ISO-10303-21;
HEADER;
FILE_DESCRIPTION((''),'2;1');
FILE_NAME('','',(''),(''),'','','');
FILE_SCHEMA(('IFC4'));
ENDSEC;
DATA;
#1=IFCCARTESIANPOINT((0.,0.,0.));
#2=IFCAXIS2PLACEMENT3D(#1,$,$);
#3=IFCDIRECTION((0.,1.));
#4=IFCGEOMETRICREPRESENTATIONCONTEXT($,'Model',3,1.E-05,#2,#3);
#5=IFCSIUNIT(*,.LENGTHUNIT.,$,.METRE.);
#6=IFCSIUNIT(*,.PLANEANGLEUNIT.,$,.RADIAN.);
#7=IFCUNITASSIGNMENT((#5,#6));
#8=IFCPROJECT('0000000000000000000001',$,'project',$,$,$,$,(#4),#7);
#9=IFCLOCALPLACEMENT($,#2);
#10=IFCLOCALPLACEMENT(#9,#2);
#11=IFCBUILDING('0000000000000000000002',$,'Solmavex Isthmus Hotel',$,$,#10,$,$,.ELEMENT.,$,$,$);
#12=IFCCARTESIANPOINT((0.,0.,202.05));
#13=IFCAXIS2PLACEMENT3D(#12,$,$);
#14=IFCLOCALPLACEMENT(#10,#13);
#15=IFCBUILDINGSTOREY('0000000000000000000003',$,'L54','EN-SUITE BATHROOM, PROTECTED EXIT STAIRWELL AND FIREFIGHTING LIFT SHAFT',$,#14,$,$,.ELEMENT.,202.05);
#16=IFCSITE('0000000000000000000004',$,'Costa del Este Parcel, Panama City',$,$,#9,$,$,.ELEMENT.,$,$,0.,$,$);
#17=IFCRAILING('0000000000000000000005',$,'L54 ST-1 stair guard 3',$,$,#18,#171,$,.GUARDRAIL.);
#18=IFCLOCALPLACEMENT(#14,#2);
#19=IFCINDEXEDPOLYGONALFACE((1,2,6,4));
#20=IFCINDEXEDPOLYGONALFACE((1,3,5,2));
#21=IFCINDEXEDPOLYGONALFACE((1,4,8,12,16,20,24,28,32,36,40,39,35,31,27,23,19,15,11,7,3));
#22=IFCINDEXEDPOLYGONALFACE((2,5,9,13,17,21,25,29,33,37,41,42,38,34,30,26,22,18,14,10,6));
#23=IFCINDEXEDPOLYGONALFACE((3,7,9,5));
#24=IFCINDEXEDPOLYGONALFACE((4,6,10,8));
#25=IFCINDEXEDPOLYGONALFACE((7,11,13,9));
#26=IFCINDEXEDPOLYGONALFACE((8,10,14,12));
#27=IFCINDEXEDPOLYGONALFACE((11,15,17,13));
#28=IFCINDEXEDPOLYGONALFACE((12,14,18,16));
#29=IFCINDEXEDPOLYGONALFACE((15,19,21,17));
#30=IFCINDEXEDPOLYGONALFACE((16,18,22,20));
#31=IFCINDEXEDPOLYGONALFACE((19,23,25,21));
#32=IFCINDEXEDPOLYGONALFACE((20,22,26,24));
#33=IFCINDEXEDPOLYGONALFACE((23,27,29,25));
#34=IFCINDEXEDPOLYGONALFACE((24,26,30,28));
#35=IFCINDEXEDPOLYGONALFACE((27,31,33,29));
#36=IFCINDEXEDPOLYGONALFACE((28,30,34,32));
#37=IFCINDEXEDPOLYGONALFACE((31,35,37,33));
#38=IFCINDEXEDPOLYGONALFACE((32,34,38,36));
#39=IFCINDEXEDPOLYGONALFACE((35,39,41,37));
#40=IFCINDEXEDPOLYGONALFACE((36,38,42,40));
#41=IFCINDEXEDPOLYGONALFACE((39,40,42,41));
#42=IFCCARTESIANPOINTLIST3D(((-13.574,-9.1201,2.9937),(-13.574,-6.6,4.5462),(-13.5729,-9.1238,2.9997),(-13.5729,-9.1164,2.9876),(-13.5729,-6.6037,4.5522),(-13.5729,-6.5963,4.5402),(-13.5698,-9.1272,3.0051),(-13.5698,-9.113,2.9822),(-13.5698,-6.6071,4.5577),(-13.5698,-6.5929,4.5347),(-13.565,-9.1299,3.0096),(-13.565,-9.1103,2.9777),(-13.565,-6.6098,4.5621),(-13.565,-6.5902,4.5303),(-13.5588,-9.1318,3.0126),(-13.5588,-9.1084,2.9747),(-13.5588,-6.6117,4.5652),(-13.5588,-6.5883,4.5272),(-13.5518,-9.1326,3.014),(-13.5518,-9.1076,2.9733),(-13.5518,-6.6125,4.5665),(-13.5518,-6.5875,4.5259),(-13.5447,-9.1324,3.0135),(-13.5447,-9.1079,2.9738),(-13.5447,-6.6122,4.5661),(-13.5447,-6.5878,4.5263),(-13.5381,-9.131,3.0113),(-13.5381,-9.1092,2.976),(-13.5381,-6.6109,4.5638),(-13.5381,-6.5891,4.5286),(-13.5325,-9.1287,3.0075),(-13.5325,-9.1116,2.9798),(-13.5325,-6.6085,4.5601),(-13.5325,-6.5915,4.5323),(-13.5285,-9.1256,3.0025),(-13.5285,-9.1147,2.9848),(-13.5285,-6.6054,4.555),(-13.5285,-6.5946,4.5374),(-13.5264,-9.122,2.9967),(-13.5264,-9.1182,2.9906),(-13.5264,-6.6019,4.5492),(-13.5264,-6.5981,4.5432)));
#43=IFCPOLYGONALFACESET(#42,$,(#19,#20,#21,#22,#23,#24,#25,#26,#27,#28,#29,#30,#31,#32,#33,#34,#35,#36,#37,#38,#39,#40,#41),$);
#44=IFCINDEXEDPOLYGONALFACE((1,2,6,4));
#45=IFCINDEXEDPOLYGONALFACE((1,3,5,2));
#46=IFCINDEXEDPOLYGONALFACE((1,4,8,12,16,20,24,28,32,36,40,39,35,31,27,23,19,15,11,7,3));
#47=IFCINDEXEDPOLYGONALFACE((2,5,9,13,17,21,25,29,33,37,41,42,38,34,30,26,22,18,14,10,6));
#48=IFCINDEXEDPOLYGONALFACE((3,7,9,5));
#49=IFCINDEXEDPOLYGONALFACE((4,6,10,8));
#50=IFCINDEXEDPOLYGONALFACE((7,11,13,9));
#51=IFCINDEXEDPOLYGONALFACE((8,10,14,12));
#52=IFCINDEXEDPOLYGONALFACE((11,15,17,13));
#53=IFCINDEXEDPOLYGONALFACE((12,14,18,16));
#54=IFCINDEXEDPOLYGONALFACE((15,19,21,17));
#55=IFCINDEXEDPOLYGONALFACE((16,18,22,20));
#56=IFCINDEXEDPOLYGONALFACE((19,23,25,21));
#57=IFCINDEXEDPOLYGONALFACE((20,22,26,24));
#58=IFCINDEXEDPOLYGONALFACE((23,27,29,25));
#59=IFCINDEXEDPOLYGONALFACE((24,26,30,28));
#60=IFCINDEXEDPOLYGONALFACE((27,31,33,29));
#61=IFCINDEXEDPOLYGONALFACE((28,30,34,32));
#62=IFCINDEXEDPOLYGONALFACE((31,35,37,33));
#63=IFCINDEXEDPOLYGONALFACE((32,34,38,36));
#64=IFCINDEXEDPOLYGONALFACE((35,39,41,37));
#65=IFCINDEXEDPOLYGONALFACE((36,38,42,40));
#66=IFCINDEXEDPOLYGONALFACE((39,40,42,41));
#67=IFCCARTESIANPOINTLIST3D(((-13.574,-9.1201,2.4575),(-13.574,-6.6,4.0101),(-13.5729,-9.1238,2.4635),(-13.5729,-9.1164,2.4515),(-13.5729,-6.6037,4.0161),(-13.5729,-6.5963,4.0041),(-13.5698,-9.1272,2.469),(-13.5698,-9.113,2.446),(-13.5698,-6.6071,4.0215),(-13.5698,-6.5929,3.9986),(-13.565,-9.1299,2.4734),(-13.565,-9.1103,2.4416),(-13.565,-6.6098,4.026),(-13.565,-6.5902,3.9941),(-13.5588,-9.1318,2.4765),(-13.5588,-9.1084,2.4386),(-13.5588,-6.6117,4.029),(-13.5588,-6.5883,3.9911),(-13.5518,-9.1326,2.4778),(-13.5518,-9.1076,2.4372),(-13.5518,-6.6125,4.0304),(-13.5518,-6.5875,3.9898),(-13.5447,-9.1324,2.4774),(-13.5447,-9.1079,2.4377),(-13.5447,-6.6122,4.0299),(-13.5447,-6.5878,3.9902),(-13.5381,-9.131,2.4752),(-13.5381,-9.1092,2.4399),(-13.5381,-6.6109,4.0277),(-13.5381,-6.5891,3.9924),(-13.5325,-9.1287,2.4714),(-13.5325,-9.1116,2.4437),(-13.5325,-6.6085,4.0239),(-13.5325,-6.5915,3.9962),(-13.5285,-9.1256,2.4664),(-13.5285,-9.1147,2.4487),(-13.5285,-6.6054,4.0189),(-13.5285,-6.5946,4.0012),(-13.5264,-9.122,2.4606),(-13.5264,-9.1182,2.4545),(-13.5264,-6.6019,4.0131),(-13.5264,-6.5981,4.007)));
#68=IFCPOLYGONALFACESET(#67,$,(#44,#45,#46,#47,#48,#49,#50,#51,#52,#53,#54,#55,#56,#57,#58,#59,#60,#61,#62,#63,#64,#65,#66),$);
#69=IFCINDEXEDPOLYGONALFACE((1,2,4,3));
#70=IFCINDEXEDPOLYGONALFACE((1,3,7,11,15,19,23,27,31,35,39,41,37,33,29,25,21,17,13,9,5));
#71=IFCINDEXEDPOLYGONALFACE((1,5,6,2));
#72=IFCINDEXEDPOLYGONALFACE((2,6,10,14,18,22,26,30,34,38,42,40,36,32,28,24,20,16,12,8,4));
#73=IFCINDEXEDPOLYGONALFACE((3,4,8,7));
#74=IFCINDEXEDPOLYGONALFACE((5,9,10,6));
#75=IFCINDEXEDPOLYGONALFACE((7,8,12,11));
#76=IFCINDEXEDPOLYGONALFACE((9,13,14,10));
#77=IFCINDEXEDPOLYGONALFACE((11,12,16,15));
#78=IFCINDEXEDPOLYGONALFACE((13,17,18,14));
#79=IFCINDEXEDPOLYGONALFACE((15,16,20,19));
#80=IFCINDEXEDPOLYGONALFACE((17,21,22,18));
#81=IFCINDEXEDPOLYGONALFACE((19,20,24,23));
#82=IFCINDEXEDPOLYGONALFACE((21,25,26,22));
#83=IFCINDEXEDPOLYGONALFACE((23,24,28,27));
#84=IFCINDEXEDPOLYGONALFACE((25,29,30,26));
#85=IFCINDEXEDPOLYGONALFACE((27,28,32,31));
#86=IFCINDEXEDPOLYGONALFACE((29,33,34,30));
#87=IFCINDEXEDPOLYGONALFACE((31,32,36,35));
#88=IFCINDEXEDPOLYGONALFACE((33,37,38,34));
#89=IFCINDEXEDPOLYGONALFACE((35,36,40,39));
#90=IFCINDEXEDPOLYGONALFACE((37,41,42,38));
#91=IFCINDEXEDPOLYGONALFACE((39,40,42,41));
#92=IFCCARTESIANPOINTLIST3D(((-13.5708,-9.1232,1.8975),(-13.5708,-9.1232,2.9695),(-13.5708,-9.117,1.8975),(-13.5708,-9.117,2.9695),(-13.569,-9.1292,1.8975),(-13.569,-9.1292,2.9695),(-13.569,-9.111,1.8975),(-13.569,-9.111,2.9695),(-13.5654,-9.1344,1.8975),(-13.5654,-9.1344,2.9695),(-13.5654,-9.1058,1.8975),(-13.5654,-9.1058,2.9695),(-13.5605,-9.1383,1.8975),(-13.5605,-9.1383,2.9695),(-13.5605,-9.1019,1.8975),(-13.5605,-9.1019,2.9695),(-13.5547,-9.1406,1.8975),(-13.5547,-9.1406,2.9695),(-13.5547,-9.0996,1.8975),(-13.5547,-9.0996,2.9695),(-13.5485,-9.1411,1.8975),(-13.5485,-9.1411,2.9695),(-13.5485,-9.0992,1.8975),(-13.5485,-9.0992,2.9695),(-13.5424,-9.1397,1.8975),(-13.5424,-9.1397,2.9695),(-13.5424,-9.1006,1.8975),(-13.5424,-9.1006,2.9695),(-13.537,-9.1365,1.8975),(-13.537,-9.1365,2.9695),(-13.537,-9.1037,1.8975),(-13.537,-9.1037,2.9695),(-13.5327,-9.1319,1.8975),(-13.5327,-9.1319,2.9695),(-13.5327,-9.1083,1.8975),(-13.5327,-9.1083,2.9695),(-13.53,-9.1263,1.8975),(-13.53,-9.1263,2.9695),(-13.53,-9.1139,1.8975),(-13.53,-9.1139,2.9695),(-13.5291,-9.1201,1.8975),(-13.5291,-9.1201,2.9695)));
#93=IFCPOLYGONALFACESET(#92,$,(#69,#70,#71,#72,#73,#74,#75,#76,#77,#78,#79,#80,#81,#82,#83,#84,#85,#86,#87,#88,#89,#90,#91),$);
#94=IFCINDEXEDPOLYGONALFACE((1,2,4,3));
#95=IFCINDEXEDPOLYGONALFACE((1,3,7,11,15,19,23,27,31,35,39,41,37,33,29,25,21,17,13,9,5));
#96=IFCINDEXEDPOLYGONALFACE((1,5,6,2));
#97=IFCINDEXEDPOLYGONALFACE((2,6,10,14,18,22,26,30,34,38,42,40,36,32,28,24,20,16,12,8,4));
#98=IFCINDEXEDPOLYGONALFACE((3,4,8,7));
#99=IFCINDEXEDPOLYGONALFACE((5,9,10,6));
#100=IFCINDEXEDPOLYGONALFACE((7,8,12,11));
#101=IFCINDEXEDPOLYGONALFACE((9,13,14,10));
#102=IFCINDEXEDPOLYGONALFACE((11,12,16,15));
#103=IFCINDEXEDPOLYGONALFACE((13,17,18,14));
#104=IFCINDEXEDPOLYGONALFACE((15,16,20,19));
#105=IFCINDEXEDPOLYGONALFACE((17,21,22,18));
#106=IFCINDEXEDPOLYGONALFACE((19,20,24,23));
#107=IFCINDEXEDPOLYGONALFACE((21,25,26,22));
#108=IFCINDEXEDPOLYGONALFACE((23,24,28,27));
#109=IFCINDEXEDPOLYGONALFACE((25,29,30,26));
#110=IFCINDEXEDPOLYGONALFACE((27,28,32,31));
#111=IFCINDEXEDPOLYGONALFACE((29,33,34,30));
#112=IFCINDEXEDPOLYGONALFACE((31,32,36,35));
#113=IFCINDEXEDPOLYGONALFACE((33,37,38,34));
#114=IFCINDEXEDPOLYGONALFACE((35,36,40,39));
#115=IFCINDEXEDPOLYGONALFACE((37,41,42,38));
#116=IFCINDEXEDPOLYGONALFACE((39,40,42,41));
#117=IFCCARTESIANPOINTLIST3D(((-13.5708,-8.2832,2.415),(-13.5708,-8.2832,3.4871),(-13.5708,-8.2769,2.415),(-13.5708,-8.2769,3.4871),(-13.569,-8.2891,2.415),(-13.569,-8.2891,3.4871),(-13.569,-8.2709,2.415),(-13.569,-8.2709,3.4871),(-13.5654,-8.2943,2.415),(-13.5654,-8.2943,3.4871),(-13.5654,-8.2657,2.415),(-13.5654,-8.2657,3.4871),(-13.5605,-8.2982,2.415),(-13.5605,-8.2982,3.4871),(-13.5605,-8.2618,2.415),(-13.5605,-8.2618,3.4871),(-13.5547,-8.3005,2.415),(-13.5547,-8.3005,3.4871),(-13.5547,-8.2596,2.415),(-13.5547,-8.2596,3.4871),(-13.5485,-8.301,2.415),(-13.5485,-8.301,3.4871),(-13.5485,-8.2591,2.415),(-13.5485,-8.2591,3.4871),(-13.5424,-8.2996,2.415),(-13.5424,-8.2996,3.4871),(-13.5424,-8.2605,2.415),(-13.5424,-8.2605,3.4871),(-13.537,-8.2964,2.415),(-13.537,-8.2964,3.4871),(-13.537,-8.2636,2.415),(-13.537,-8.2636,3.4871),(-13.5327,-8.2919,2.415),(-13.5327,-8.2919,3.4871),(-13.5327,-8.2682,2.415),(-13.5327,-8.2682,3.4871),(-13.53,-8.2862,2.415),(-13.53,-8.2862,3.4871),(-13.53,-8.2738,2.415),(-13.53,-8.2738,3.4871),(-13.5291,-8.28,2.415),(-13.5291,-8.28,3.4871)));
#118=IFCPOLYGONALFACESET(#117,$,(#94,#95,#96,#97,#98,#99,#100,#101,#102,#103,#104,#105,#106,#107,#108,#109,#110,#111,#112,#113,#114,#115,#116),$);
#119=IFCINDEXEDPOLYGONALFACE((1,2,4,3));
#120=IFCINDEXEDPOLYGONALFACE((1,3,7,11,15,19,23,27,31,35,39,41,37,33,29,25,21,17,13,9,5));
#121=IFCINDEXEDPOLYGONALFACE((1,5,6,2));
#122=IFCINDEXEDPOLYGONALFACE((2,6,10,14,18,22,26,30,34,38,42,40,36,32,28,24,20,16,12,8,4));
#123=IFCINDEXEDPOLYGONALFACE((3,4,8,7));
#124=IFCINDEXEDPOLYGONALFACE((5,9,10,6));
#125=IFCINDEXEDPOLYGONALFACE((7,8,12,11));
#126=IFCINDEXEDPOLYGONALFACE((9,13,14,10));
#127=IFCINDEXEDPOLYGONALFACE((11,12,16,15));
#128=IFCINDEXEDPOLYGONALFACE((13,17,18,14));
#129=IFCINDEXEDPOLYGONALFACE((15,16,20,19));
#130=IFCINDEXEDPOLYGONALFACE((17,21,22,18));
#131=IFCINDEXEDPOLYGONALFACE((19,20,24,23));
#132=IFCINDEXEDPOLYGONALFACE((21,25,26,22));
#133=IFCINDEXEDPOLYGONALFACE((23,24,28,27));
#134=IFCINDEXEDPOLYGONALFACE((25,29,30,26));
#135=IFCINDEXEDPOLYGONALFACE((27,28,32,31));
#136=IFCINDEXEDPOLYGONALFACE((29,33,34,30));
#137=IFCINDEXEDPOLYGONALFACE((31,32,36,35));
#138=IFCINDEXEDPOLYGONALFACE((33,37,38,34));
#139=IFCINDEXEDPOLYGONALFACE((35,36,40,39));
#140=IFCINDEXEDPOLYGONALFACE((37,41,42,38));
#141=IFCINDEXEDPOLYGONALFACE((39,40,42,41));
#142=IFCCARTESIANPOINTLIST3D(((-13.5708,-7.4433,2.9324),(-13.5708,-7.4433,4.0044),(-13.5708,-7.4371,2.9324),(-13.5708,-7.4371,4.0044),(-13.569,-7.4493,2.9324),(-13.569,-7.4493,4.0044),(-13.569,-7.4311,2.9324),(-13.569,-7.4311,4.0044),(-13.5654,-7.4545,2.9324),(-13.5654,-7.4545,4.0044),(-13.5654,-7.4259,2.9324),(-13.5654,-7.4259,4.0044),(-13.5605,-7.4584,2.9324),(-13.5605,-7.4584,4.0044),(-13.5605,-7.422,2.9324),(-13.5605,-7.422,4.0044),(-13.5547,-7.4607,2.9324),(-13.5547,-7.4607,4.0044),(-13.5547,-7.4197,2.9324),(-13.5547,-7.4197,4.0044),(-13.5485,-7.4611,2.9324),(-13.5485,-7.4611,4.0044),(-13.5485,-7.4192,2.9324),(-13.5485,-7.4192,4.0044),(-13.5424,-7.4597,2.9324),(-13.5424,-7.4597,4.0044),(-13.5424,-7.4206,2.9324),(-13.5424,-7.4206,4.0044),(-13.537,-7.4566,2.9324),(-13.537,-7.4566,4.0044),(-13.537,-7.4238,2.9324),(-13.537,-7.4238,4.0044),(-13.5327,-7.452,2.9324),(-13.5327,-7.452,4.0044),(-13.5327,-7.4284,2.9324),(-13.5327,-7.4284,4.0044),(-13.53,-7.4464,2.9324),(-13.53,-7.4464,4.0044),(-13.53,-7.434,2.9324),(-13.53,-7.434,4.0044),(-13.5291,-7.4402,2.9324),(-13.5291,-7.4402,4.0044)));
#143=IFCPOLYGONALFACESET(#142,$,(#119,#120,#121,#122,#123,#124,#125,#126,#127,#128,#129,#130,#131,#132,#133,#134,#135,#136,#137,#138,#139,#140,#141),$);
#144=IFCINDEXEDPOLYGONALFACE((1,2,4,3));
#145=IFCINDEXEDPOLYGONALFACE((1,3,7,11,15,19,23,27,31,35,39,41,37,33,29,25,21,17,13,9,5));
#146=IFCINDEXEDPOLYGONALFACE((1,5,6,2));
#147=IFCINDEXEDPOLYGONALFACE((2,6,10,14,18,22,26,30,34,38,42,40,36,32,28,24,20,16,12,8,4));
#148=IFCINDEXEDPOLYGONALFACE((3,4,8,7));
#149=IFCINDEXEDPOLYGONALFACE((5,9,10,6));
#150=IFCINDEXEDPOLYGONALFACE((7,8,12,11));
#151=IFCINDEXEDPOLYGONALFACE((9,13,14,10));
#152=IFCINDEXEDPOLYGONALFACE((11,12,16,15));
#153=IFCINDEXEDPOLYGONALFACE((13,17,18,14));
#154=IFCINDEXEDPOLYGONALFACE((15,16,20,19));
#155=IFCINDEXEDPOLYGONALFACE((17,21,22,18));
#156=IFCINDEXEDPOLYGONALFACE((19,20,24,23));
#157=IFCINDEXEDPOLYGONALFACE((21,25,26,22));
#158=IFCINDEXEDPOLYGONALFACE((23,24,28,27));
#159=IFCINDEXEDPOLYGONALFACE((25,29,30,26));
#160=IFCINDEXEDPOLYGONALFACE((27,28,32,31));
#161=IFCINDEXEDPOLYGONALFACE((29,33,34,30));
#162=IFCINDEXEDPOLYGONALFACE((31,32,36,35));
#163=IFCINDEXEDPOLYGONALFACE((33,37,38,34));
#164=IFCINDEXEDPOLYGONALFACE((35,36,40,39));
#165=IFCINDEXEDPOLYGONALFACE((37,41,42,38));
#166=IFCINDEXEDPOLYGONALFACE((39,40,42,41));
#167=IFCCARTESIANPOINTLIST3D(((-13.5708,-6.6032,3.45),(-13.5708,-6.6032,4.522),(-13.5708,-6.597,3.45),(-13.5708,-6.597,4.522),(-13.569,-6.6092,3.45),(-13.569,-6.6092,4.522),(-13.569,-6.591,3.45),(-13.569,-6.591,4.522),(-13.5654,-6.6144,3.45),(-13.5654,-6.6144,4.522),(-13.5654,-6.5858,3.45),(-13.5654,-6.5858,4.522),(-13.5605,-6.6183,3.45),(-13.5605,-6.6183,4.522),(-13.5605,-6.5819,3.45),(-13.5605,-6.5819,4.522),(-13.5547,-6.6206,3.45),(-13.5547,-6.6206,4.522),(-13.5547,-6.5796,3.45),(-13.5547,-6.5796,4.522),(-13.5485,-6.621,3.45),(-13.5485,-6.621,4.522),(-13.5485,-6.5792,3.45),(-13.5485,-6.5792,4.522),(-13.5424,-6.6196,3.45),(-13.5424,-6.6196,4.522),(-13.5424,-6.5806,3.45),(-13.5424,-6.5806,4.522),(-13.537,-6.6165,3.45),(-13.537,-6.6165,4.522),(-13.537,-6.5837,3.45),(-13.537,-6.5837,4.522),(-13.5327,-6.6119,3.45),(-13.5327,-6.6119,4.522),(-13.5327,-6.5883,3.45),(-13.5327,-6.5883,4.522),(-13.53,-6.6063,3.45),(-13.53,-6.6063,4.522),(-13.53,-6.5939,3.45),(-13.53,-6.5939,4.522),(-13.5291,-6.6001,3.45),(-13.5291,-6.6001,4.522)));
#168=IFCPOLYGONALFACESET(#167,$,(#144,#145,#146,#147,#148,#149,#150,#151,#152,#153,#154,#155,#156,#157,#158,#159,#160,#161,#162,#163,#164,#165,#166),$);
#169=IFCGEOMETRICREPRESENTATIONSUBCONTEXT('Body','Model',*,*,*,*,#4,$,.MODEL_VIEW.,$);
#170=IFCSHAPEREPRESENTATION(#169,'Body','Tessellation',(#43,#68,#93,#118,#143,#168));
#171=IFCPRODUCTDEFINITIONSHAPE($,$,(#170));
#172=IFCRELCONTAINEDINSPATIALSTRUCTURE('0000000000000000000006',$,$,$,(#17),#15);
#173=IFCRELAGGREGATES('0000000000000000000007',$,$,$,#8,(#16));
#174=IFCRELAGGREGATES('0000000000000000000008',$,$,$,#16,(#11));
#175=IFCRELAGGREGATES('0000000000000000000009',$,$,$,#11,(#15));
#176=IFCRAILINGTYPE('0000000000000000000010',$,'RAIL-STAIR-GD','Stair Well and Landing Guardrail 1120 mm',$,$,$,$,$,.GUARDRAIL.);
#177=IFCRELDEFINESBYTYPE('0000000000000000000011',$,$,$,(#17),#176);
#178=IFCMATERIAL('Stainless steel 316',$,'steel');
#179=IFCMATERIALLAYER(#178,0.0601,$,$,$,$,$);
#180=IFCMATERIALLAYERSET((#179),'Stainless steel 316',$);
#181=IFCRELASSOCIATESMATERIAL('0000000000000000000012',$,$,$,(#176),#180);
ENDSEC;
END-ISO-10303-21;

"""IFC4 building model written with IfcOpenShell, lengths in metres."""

from ifc_helpers import new_model, si_unit, direction, frame, origin, origin_2d, place, context, subcontext, project, spatial, circle, extrude, material, layer, layer_set, type_object, element, save


model = new_model("IFC4")

# Units and contexts
model_context = context("Model", 3, precision=1e-05, world=origin(), true_north=direction((0.0, 1.0)))
body_context = subcontext(model_context, "Body", "Model", "MODEL_VIEW")
ifc_project = project(units=[si_unit("LENGTHUNIT", "METRE"), si_unit("PLANEANGLEUNIT", "RADIAN")], contexts=[model_context])

# Site, building, storey
site_placement = place(None, origin())
site = spatial("IfcSite", under=ifc_project, at=site_placement, Name="Costa del Este Parcel, Panama City", CompositionType="ELEMENT", RefElevation=0.0)
building_placement = place(site_placement, origin())
building = spatial("IfcBuilding", under=site, at=building_placement, Name="Solmavex Isthmus Hotel", CompositionType="ELEMENT")
storey_placement = place(building_placement, frame((0.0, 0.0, 202.05)))
storey = spatial("IfcBuildingStorey", under=building, at=storey_placement, Name="L54", Description="EN-SUITE BATHROOM, PROTECTED EXIT STAIRWELL AND FIREFIGHTING LIFT SHAFT", CompositionType="ELEMENT", Elevation=202.05)

# Railing
ifc_material_1 = material(Name="Stainless steel 316", Category="steel")
ifc_layer_1 = layer(ifc_material_1, 0.0601)
ifc_layer_set_1 = layer_set([ifc_layer_1], Name="Stainless steel 316")
railing_type = type_object("IfcRailingType", Name="RAIL-STAIR-GD", Description="Stair Well and Landing Guardrail 1120 mm", PredefinedType="GUARDRAIL", material=ifc_layer_set_1)
railing_1_placement = place(storey_placement, frame((-13.55, -9.1201, 1.8975)))
element("IfcRailing", 1, at=railing_1_placement, inside=storey, type_object=railing_type, Name="L54 ST-1 stair guard 3", PredefinedType="GUARDRAIL", context=body_context, shape_type="SweptSolid", body=[
    extrude(circle(Radius=0.0239, at=origin_2d()), frame((0.0, 0.0, 1.0962), z_axis=(0.0, 0.8514, 0.524516), x_axis=(-1.0, 0.0, 0.0)), (0.0, 0.0, 1.0), 2.96),
    extrude(circle(Radius=0.0239, at=origin_2d()), frame((0.0, 0.0, 0.5601), z_axis=(0.0, 0.8514, 0.524516), x_axis=(-1.0, 0.0, 0.0)), (0.0, 0.0, 1.0), 2.96),
    extrude(circle(Radius=0.021, at=origin_2d()), origin(), (0.0, 0.0, 1.0), 1.072),
    extrude(circle(Radius=0.021, at=origin_2d()), frame((0.0, 0.8401, 0.5176)), (0.0, 0.0, 1.0), 1.072),
    extrude(circle(Radius=0.021, at=origin_2d()), frame((0.0, 1.6799, 1.0349)), (0.0, 0.0, 1.0), 1.072),
    extrude(circle(Radius=0.021, at=origin_2d()), frame((0.0, 2.52, 1.5525)), (0.0, 0.0, 1.0), 1.072),
])

save(model, "model.ifc")
